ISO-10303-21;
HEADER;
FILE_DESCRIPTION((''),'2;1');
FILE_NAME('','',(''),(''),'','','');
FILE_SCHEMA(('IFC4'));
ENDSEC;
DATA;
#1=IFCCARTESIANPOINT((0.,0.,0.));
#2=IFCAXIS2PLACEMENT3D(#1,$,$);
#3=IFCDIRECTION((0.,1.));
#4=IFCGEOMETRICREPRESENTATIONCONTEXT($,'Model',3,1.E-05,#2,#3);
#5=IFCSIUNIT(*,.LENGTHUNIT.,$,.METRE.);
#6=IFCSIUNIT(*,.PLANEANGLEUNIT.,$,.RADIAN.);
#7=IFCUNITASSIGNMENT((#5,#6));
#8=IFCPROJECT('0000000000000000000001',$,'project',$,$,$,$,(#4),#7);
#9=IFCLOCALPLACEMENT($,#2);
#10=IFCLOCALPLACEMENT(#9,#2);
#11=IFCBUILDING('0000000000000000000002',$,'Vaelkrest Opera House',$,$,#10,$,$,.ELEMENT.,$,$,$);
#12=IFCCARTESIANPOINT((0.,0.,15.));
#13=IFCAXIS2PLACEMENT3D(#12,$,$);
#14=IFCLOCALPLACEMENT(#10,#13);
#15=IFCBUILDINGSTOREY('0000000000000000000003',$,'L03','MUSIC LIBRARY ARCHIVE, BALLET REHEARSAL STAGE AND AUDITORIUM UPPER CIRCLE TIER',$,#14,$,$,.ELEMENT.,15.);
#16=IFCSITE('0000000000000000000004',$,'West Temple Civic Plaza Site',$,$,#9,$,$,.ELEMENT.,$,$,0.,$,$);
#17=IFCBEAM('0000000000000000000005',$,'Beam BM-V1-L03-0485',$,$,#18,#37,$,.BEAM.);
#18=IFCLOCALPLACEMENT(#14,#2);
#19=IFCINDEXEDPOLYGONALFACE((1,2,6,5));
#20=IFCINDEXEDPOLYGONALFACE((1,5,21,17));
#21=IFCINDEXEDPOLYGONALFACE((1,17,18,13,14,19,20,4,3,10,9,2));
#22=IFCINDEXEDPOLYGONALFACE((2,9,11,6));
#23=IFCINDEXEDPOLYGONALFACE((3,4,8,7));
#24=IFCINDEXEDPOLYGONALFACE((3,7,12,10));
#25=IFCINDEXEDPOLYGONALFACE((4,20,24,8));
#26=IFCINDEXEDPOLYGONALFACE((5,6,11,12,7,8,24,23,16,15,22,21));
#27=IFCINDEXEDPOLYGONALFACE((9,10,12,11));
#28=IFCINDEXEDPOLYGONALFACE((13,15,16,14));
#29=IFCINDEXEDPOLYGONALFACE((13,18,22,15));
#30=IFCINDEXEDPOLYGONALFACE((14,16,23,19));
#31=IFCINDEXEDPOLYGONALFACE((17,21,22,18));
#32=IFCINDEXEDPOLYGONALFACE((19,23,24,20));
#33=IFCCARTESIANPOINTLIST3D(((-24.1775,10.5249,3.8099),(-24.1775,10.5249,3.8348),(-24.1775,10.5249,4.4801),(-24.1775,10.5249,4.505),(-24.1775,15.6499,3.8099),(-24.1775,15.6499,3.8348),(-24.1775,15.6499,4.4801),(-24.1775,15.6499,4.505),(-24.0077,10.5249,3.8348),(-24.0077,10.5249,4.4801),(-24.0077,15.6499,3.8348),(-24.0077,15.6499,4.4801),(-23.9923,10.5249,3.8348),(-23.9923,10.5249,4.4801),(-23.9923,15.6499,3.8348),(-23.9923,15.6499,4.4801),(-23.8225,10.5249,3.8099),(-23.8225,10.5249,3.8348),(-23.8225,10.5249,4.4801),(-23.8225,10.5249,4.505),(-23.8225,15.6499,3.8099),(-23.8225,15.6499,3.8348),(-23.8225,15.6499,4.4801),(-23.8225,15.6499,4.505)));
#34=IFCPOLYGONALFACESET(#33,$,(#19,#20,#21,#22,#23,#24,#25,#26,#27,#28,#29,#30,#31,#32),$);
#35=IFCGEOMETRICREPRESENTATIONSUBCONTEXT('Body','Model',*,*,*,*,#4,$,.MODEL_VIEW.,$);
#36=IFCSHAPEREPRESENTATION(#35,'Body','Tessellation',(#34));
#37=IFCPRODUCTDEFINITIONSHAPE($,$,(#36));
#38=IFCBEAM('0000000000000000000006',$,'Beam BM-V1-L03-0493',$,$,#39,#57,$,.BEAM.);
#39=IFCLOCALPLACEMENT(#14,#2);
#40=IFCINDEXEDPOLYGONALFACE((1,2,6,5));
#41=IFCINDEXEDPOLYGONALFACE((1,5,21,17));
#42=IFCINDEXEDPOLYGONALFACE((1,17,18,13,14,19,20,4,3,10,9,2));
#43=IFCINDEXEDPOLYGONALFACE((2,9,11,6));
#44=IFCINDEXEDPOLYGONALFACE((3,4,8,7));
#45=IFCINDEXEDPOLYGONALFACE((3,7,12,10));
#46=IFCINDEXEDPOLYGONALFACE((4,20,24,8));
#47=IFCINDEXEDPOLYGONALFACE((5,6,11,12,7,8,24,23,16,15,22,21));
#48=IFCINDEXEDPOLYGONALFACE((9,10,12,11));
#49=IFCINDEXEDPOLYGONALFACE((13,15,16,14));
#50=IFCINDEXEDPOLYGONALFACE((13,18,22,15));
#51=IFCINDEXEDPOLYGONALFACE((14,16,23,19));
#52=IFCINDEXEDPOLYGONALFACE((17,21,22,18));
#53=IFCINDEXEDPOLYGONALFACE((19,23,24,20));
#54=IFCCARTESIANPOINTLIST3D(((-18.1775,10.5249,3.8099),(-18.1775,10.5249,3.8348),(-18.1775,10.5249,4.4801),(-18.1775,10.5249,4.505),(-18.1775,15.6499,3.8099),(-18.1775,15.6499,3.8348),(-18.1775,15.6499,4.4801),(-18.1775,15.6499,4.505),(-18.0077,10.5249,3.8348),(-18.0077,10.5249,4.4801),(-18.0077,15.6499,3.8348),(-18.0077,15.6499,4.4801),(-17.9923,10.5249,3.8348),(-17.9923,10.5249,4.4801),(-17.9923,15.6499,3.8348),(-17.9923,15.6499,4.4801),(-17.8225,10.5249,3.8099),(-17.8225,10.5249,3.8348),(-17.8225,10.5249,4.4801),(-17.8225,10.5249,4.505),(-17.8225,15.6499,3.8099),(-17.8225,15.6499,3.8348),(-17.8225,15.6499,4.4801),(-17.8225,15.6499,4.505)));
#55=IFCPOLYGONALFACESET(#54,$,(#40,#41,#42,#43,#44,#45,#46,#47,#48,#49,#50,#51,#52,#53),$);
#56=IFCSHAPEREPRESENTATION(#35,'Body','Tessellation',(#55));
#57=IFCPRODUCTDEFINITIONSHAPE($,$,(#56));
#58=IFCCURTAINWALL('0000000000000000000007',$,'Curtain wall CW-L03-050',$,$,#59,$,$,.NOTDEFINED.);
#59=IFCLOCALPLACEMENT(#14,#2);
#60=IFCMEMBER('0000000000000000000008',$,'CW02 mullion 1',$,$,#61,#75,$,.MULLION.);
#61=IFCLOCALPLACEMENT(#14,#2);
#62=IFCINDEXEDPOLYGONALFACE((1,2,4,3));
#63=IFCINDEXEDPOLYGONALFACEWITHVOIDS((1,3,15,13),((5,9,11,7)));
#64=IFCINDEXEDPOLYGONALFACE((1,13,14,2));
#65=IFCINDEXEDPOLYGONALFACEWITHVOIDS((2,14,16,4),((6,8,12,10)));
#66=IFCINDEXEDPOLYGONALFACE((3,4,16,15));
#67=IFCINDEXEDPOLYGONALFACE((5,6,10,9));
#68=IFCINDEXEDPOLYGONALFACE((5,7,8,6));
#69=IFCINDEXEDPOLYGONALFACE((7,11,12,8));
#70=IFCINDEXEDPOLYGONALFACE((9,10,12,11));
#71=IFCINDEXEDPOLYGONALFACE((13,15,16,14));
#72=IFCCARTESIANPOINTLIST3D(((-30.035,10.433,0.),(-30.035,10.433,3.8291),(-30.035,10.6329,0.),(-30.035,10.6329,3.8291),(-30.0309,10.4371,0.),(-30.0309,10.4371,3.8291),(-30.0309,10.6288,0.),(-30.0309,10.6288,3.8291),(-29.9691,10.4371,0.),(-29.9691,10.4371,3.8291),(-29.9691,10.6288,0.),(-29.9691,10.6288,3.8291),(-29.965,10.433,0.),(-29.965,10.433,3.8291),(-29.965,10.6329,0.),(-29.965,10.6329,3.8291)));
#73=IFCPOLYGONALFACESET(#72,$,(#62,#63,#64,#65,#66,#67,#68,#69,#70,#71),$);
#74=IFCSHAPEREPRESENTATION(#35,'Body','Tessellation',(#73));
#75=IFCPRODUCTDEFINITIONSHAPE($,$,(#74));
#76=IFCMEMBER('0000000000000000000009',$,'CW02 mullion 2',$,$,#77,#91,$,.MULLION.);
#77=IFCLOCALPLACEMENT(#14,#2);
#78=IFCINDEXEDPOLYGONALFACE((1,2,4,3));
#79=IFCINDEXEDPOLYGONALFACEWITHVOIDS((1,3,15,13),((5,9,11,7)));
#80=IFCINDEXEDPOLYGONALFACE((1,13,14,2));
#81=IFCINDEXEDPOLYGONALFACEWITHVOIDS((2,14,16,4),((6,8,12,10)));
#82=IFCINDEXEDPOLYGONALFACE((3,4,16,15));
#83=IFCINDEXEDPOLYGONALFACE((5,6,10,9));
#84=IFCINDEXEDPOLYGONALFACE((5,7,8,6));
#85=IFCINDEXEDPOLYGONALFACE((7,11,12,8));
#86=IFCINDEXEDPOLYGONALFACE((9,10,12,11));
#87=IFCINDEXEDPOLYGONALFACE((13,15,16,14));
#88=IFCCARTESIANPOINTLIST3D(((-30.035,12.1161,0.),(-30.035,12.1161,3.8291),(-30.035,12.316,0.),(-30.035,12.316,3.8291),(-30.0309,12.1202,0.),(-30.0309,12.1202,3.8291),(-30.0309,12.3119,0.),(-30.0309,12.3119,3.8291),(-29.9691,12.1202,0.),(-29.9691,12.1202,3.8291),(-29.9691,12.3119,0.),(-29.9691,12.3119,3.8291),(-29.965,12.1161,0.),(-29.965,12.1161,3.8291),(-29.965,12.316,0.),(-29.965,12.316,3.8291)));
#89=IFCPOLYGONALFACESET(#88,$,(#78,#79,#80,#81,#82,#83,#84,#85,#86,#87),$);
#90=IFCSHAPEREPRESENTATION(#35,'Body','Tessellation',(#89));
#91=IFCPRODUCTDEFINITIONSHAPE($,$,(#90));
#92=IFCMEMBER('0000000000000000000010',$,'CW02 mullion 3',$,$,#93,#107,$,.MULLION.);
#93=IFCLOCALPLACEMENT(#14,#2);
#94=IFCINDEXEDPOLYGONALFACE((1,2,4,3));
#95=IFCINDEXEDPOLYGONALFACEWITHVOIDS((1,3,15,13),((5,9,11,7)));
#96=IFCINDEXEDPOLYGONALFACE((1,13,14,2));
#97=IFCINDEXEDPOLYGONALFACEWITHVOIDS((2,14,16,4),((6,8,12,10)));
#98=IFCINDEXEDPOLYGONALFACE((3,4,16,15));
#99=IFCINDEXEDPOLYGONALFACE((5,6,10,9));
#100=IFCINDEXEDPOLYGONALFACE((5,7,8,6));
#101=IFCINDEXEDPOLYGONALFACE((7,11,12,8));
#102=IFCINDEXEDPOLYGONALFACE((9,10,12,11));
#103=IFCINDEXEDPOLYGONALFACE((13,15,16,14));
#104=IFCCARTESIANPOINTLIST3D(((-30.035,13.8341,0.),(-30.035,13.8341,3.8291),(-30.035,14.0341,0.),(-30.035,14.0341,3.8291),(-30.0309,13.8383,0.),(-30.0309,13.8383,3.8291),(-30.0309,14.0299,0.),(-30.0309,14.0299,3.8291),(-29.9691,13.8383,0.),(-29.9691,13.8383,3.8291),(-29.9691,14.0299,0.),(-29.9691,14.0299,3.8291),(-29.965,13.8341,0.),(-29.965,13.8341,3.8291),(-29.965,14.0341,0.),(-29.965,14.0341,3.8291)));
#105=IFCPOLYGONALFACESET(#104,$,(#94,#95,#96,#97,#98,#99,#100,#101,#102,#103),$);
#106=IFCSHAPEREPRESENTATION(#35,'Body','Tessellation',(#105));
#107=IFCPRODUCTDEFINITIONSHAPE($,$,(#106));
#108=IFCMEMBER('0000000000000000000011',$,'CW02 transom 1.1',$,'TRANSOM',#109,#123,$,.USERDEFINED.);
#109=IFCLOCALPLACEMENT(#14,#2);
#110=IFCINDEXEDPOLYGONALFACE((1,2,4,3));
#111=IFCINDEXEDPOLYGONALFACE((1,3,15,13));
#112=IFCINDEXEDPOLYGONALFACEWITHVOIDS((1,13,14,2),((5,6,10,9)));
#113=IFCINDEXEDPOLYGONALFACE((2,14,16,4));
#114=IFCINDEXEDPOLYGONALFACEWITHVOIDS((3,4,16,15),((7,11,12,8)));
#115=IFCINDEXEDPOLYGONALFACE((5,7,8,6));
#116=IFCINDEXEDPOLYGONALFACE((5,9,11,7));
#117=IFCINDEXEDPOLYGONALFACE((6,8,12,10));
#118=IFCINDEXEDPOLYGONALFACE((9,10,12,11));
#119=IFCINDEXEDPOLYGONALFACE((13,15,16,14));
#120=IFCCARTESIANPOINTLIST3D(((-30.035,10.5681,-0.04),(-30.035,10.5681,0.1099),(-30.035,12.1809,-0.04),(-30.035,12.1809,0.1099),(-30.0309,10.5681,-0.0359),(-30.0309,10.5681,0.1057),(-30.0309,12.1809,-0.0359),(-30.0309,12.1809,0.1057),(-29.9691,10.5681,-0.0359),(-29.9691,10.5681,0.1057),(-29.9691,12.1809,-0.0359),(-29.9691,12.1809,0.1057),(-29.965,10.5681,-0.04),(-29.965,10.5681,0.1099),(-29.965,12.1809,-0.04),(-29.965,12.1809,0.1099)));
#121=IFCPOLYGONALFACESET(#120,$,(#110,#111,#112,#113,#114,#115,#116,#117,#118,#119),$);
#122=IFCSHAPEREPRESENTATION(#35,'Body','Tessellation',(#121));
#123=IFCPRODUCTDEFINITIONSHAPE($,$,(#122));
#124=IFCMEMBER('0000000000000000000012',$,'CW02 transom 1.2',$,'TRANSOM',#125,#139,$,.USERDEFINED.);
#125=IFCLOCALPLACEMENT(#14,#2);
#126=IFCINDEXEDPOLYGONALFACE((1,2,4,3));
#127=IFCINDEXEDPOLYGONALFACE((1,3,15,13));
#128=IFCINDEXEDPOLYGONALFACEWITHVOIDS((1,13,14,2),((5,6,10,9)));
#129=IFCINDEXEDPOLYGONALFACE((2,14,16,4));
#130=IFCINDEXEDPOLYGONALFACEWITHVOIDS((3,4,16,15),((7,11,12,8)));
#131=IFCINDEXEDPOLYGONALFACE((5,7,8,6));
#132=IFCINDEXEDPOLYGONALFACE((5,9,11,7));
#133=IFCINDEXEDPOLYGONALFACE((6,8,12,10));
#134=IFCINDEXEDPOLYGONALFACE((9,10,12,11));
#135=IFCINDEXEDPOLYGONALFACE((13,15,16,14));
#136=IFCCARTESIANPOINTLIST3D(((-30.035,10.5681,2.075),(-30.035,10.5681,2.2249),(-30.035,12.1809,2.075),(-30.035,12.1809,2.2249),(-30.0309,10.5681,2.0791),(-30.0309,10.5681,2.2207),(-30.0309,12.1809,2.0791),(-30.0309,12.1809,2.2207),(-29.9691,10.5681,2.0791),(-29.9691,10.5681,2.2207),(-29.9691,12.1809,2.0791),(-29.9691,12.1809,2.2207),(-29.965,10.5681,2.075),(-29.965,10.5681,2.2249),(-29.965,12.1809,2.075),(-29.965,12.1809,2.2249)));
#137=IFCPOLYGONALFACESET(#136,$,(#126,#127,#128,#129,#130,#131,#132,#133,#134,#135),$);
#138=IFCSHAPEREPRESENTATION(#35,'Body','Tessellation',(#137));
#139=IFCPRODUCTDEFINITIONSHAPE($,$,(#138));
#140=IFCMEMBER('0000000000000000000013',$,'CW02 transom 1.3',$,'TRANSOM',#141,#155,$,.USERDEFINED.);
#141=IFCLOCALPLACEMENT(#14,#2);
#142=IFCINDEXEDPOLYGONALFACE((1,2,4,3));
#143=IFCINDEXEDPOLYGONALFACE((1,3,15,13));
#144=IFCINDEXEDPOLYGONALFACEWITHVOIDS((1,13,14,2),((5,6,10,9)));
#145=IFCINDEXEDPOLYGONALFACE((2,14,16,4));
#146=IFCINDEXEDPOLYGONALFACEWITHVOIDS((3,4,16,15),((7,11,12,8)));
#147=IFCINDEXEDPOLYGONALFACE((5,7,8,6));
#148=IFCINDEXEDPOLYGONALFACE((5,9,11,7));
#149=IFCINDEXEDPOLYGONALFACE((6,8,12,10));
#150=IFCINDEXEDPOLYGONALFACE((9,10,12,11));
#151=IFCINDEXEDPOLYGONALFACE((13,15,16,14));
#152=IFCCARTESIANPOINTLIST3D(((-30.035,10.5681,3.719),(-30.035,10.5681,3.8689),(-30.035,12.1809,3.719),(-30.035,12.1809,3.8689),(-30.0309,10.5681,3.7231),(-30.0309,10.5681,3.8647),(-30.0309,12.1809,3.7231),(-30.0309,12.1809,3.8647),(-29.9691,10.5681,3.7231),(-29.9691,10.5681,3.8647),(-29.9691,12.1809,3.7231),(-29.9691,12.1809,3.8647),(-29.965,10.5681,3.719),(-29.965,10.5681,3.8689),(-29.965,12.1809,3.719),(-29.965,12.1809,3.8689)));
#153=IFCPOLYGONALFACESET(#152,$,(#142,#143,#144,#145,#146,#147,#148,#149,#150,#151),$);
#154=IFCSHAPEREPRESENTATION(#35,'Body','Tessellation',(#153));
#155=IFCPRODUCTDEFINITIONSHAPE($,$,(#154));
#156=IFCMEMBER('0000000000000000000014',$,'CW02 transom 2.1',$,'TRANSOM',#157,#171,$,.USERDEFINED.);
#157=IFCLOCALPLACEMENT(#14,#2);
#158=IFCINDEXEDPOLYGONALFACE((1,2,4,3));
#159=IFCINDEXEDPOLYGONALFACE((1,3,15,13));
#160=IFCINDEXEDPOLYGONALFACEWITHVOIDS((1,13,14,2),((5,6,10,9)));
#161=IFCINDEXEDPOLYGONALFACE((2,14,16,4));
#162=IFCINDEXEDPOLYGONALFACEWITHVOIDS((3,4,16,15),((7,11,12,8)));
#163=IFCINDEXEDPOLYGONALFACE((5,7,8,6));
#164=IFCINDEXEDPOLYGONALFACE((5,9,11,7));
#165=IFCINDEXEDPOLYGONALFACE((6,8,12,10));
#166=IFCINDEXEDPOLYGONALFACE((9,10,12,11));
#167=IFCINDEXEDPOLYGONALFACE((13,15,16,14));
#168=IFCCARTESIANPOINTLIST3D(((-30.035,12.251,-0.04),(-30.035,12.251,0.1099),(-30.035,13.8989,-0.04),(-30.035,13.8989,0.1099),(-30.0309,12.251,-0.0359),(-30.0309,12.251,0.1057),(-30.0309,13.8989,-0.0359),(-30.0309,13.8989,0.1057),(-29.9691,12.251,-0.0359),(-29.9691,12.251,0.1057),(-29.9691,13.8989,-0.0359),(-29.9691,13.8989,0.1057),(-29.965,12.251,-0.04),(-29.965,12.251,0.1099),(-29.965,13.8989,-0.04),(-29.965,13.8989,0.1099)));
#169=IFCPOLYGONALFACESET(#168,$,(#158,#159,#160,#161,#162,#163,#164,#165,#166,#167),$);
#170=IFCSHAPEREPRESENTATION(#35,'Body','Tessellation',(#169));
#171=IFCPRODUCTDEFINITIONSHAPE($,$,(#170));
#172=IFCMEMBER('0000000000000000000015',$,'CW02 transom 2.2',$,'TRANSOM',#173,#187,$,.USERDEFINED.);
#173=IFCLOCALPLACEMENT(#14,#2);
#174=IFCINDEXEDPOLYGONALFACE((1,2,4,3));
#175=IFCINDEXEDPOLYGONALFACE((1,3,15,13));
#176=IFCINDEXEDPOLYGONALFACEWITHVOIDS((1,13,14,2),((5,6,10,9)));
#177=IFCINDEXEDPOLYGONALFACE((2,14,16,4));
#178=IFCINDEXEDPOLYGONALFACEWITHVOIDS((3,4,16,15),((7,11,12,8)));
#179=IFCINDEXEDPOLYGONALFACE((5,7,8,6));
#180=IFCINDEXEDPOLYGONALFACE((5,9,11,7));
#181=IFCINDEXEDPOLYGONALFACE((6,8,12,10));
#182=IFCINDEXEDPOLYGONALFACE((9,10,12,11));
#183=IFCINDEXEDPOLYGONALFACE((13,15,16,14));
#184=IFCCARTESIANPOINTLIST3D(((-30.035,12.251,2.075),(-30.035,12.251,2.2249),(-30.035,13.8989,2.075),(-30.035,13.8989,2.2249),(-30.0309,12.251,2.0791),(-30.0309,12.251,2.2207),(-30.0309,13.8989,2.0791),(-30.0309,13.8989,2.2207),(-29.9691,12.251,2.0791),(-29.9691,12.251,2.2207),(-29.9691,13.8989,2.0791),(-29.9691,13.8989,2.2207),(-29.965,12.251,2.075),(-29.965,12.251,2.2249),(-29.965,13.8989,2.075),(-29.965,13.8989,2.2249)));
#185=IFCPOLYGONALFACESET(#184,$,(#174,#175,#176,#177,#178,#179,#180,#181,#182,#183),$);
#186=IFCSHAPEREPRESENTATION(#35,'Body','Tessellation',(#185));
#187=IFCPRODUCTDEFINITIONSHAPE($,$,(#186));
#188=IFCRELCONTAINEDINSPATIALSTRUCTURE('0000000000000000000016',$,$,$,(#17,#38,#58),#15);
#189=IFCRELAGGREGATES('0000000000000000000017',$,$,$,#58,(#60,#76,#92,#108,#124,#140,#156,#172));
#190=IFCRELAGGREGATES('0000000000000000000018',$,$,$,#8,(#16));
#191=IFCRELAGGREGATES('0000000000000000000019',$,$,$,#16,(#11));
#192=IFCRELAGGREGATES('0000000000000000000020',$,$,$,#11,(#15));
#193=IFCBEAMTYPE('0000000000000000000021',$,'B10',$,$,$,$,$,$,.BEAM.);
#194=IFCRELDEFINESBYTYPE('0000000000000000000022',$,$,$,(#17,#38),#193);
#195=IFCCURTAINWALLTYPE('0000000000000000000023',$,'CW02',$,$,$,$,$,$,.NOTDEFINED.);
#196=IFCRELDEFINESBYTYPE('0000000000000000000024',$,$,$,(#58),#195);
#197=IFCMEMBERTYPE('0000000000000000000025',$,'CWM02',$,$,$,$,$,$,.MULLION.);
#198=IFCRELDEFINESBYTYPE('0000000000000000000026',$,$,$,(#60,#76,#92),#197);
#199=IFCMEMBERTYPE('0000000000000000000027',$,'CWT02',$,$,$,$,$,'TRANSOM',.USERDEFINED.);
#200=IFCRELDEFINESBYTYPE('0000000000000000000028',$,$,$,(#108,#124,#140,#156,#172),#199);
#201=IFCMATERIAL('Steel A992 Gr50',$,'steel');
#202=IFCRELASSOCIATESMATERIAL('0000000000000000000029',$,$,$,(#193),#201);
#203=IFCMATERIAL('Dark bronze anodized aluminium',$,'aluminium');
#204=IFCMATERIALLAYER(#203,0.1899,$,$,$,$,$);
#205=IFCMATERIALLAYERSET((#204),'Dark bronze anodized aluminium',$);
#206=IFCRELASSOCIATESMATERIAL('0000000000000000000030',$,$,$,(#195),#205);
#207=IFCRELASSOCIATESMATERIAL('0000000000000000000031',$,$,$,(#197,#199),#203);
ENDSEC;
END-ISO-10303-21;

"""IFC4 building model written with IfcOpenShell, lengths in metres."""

from ifc_helpers import new_model, si_unit, direction, frame, origin, origin_2d, place, context, subcontext, project, spatial, hollow_rectangle, i_section, extrude, material, layer, layer_set, material_profile, profile_set, type_object, element, aggregate, save


model = new_model("IFC4")

# Units and contexts
model_context = context("Model", 3, precision=1e-05, world=origin(), true_north=direction((0.0, 1.0)))
body_context = subcontext(model_context, "Body", "Model", "MODEL_VIEW")
ifc_project = project(units=[si_unit("LENGTHUNIT", "METRE"), si_unit("PLANEANGLEUNIT", "RADIAN")], contexts=[model_context])

# Site, building, storey
site_placement = place(None, origin())
site = spatial("IfcSite", under=ifc_project, at=site_placement, Name="West Temple Civic Plaza Site", CompositionType="ELEMENT", RefElevation=0.0)
building_placement = place(site_placement, origin())
building = spatial("IfcBuilding", under=site, at=building_placement, Name="Vaelkrest Opera House", CompositionType="ELEMENT")
storey_placement = place(building_placement, frame((0.0, 0.0, 15.0)))
storey = spatial("IfcBuildingStorey", under=building, at=storey_placement, Name="L03", Description="MUSIC LIBRARY ARCHIVE, BALLET REHEARSAL STAGE AND AUDITORIUM UPPER CIRCLE TIER", CompositionType="ELEMENT", Elevation=15.0)

# Beams
ifc_material_1 = material(Name="Steel A992 Gr50", Category="steel")
ifc_material_profile_1 = material_profile(ifc_material_1, i_section(OverallWidth=0.355, OverallDepth=0.6951, WebThickness=0.0154, FlangeThickness=0.0249, at=origin_2d()), Name="W27X146")
ifc_profile_set_1 = profile_set([ifc_material_profile_1], Name="Steel A992 Gr50")
beam_type_1 = type_object("IfcBeamType", Name="B10", PredefinedType="BEAM", material=ifc_profile_set_1)
for number, where, z_axis, x_axis, name in (
    (1, (-24.0, 10.5249, 4.1575), (0.0, 1.0, 0.0), (-1.0, 0.0, 0.0), "Beam BM-V1-L03-0485"),
    (2, (-18.0, 10.5249, 4.1575), (0.0, 1.0, 0.0), (-1.0, 0.0, 0.0), "Beam BM-V1-L03-0493"),
):
    element("IfcBeam", number, at=place(storey_placement, frame(where, z_axis=z_axis, x_axis=x_axis)), inside=storey, type_object=beam_type_1, Name=name, PredefinedType="BEAM", context=body_context, shape_type="SweptSolid", body=[
        extrude(i_section(OverallWidth=0.355, OverallDepth=0.6951, WebThickness=0.0154, FlangeThickness=0.0249, at=origin_2d()), origin(), (0.0, 0.0, 1.0), 5.125),
    ])

# Curtain wall, members
ifc_material_2 = material(Name="Dark bronze anodized aluminium", Category="aluminium")
ifc_layer_1 = layer(ifc_material_2, 0.1899)
ifc_layer_set_1 = layer_set([ifc_layer_1], Name="Dark bronze anodized aluminium")
curtain_wall_type = type_object("IfcCurtainWallType", Name="CW02", PredefinedType="NOTDEFINED", material=ifc_layer_set_1)
curtain_wall_placement = place(storey_placement, origin())
curtain_wall = element("IfcCurtainWall", 3, at=curtain_wall_placement, inside=storey, type_object=curtain_wall_type, Name="Curtain wall CW-L03-050", PredefinedType="NOTDEFINED")
ifc_material_profile_2 = material_profile(ifc_material_2, hollow_rectangle(XDim=0.0701, YDim=0.2, WallThickness=0.0042, at=origin_2d()), Name="CWM70X200")
ifc_profile_set_2 = profile_set([ifc_material_profile_2], Name="Dark bronze anodized aluminium")
member_type_1 = type_object("IfcMemberType", Name="CWM02", PredefinedType="MULLION", material=ifc_profile_set_2)
member_1_placement = place(storey_placement, frame((-30.0, 10.533, 0.0), z_axis=(0.0, 0.0, 1.0), x_axis=(-1.0, 0.0, 0.0)))
member_1 = element("IfcMember", 4, at=member_1_placement, type_object=member_type_1, Name="CW02 mullion 1", PredefinedType="MULLION", context=body_context, shape_type="SweptSolid", body=[
    extrude(hollow_rectangle(XDim=0.0701, YDim=0.2, WallThickness=0.0042, at=origin_2d()), origin(), (0.0, 0.0, 1.0), 3.8291),
])
member_2_placement = place(storey_placement, frame((-30.0, 12.2161, 0.0), z_axis=(0.0, 0.0, 1.0), x_axis=(-1.0, 0.0, 0.0)))
member_2 = element("IfcMember", 5, at=member_2_placement, type_object=member_type_1, Name="CW02 mullion 2", PredefinedType="MULLION", context=body_context, shape_type="SweptSolid", body=[
    extrude(hollow_rectangle(XDim=0.0701, YDim=0.2, WallThickness=0.0042, at=origin_2d()), origin(), (0.0, 0.0, 1.0), 3.8291),
])
member_3_placement = place(storey_placement, frame((-30.0, 13.9341, 0.0), z_axis=(0.0, 0.0, 1.0), x_axis=(-1.0, 0.0, 0.0)))
member_3 = element("IfcMember", 6, at=member_3_placement, type_object=member_type_1, Name="CW02 mullion 3", PredefinedType="MULLION", context=body_context, shape_type="SweptSolid", body=[
    extrude(hollow_rectangle(XDim=0.0701, YDim=0.2, WallThickness=0.0042, at=origin_2d()), origin(), (0.0, 0.0, 1.0), 3.8291),
])
ifc_material_profile_3 = material_profile(ifc_material_2, hollow_rectangle(XDim=0.0701, YDim=0.1499, WallThickness=0.0042, at=origin_2d()), Name="CWT70X150")
ifc_profile_set_3 = profile_set([ifc_material_profile_3], Name="Dark bronze anodized aluminium")
member_type_2 = type_object("IfcMemberType", Name="CWT02", ElementType="TRANSOM", PredefinedType="USERDEFINED", material=ifc_profile_set_3)
member_4_placement = place(storey_placement, frame((-30.0, 10.5681, 0.0349), z_axis=(0.0, 1.0, 0.0), x_axis=(-1.0, 0.0, 0.0)))
member_4 = element("IfcMember", 7, at=member_4_placement, type_object=member_type_2, Name="CW02 transom 1.1", ObjectType="TRANSOM", PredefinedType="USERDEFINED", context=body_context, shape_type="SweptSolid", body=[
    extrude(hollow_rectangle(XDim=0.0701, YDim=0.1499, WallThickness=0.0042, at=origin_2d()), origin(), (0.0, 0.0, 1.0), 1.6128),
])
member_5_placement = place(storey_placement, frame((-30.0, 10.5681, 2.1499), z_axis=(0.0, 1.0, 0.0), x_axis=(-1.0, 0.0, 0.0)))
member_5 = element("IfcMember", 8, at=member_5_placement, type_object=member_type_2, Name="CW02 transom 1.2", ObjectType="TRANSOM", PredefinedType="USERDEFINED", context=body_context, shape_type="SweptSolid", body=[
    extrude(hollow_rectangle(XDim=0.0701, YDim=0.1499, WallThickness=0.0042, at=origin_2d()), origin(), (0.0, 0.0, 1.0), 1.6128),
])
member_6_placement = place(storey_placement, frame((-30.0, 10.5681, 3.7939), z_axis=(0.0, 1.0, 0.0), x_axis=(-1.0, 0.0, 0.0)))
member_6 = element("IfcMember", 9, at=member_6_placement, type_object=member_type_2, Name="CW02 transom 1.3", ObjectType="TRANSOM", PredefinedType="USERDEFINED", context=body_context, shape_type="SweptSolid", body=[
    extrude(hollow_rectangle(XDim=0.0701, YDim=0.1499, WallThickness=0.0042, at=origin_2d()), origin(), (0.0, 0.0, 1.0), 1.6128),
])
member_7_placement = place(storey_placement, frame((-30.0, 12.251, 0.0349), z_axis=(0.0, 1.0, 0.0), x_axis=(-1.0, 0.0, 0.0)))
member_7 = element("IfcMember", 10, at=member_7_placement, type_object=member_type_2, Name="CW02 transom 2.1", ObjectType="TRANSOM", PredefinedType="USERDEFINED", context=body_context, shape_type="SweptSolid", body=[
    extrude(hollow_rectangle(XDim=0.0701, YDim=0.1499, WallThickness=0.0042, at=origin_2d()), origin(), (0.0, 0.0, 1.0), 1.6479),
])
member_8_placement = place(storey_placement, frame((-30.0, 12.251, 2.1499), z_axis=(0.0, 1.0, 0.0), x_axis=(-1.0, 0.0, 0.0)))
member_8 = element("IfcMember", 11, at=member_8_placement, type_object=member_type_2, Name="CW02 transom 2.2", ObjectType="TRANSOM", PredefinedType="USERDEFINED", context=body_context, shape_type="SweptSolid", body=[
    extrude(hollow_rectangle(XDim=0.0701, YDim=0.1499, WallThickness=0.0042, at=origin_2d()), origin(), (0.0, 0.0, 1.0), 1.6479),
])

aggregate(curtain_wall, [member_1, member_2, member_3, member_4, member_5, member_6, member_7, member_8])

save(model, "model.ifc")
